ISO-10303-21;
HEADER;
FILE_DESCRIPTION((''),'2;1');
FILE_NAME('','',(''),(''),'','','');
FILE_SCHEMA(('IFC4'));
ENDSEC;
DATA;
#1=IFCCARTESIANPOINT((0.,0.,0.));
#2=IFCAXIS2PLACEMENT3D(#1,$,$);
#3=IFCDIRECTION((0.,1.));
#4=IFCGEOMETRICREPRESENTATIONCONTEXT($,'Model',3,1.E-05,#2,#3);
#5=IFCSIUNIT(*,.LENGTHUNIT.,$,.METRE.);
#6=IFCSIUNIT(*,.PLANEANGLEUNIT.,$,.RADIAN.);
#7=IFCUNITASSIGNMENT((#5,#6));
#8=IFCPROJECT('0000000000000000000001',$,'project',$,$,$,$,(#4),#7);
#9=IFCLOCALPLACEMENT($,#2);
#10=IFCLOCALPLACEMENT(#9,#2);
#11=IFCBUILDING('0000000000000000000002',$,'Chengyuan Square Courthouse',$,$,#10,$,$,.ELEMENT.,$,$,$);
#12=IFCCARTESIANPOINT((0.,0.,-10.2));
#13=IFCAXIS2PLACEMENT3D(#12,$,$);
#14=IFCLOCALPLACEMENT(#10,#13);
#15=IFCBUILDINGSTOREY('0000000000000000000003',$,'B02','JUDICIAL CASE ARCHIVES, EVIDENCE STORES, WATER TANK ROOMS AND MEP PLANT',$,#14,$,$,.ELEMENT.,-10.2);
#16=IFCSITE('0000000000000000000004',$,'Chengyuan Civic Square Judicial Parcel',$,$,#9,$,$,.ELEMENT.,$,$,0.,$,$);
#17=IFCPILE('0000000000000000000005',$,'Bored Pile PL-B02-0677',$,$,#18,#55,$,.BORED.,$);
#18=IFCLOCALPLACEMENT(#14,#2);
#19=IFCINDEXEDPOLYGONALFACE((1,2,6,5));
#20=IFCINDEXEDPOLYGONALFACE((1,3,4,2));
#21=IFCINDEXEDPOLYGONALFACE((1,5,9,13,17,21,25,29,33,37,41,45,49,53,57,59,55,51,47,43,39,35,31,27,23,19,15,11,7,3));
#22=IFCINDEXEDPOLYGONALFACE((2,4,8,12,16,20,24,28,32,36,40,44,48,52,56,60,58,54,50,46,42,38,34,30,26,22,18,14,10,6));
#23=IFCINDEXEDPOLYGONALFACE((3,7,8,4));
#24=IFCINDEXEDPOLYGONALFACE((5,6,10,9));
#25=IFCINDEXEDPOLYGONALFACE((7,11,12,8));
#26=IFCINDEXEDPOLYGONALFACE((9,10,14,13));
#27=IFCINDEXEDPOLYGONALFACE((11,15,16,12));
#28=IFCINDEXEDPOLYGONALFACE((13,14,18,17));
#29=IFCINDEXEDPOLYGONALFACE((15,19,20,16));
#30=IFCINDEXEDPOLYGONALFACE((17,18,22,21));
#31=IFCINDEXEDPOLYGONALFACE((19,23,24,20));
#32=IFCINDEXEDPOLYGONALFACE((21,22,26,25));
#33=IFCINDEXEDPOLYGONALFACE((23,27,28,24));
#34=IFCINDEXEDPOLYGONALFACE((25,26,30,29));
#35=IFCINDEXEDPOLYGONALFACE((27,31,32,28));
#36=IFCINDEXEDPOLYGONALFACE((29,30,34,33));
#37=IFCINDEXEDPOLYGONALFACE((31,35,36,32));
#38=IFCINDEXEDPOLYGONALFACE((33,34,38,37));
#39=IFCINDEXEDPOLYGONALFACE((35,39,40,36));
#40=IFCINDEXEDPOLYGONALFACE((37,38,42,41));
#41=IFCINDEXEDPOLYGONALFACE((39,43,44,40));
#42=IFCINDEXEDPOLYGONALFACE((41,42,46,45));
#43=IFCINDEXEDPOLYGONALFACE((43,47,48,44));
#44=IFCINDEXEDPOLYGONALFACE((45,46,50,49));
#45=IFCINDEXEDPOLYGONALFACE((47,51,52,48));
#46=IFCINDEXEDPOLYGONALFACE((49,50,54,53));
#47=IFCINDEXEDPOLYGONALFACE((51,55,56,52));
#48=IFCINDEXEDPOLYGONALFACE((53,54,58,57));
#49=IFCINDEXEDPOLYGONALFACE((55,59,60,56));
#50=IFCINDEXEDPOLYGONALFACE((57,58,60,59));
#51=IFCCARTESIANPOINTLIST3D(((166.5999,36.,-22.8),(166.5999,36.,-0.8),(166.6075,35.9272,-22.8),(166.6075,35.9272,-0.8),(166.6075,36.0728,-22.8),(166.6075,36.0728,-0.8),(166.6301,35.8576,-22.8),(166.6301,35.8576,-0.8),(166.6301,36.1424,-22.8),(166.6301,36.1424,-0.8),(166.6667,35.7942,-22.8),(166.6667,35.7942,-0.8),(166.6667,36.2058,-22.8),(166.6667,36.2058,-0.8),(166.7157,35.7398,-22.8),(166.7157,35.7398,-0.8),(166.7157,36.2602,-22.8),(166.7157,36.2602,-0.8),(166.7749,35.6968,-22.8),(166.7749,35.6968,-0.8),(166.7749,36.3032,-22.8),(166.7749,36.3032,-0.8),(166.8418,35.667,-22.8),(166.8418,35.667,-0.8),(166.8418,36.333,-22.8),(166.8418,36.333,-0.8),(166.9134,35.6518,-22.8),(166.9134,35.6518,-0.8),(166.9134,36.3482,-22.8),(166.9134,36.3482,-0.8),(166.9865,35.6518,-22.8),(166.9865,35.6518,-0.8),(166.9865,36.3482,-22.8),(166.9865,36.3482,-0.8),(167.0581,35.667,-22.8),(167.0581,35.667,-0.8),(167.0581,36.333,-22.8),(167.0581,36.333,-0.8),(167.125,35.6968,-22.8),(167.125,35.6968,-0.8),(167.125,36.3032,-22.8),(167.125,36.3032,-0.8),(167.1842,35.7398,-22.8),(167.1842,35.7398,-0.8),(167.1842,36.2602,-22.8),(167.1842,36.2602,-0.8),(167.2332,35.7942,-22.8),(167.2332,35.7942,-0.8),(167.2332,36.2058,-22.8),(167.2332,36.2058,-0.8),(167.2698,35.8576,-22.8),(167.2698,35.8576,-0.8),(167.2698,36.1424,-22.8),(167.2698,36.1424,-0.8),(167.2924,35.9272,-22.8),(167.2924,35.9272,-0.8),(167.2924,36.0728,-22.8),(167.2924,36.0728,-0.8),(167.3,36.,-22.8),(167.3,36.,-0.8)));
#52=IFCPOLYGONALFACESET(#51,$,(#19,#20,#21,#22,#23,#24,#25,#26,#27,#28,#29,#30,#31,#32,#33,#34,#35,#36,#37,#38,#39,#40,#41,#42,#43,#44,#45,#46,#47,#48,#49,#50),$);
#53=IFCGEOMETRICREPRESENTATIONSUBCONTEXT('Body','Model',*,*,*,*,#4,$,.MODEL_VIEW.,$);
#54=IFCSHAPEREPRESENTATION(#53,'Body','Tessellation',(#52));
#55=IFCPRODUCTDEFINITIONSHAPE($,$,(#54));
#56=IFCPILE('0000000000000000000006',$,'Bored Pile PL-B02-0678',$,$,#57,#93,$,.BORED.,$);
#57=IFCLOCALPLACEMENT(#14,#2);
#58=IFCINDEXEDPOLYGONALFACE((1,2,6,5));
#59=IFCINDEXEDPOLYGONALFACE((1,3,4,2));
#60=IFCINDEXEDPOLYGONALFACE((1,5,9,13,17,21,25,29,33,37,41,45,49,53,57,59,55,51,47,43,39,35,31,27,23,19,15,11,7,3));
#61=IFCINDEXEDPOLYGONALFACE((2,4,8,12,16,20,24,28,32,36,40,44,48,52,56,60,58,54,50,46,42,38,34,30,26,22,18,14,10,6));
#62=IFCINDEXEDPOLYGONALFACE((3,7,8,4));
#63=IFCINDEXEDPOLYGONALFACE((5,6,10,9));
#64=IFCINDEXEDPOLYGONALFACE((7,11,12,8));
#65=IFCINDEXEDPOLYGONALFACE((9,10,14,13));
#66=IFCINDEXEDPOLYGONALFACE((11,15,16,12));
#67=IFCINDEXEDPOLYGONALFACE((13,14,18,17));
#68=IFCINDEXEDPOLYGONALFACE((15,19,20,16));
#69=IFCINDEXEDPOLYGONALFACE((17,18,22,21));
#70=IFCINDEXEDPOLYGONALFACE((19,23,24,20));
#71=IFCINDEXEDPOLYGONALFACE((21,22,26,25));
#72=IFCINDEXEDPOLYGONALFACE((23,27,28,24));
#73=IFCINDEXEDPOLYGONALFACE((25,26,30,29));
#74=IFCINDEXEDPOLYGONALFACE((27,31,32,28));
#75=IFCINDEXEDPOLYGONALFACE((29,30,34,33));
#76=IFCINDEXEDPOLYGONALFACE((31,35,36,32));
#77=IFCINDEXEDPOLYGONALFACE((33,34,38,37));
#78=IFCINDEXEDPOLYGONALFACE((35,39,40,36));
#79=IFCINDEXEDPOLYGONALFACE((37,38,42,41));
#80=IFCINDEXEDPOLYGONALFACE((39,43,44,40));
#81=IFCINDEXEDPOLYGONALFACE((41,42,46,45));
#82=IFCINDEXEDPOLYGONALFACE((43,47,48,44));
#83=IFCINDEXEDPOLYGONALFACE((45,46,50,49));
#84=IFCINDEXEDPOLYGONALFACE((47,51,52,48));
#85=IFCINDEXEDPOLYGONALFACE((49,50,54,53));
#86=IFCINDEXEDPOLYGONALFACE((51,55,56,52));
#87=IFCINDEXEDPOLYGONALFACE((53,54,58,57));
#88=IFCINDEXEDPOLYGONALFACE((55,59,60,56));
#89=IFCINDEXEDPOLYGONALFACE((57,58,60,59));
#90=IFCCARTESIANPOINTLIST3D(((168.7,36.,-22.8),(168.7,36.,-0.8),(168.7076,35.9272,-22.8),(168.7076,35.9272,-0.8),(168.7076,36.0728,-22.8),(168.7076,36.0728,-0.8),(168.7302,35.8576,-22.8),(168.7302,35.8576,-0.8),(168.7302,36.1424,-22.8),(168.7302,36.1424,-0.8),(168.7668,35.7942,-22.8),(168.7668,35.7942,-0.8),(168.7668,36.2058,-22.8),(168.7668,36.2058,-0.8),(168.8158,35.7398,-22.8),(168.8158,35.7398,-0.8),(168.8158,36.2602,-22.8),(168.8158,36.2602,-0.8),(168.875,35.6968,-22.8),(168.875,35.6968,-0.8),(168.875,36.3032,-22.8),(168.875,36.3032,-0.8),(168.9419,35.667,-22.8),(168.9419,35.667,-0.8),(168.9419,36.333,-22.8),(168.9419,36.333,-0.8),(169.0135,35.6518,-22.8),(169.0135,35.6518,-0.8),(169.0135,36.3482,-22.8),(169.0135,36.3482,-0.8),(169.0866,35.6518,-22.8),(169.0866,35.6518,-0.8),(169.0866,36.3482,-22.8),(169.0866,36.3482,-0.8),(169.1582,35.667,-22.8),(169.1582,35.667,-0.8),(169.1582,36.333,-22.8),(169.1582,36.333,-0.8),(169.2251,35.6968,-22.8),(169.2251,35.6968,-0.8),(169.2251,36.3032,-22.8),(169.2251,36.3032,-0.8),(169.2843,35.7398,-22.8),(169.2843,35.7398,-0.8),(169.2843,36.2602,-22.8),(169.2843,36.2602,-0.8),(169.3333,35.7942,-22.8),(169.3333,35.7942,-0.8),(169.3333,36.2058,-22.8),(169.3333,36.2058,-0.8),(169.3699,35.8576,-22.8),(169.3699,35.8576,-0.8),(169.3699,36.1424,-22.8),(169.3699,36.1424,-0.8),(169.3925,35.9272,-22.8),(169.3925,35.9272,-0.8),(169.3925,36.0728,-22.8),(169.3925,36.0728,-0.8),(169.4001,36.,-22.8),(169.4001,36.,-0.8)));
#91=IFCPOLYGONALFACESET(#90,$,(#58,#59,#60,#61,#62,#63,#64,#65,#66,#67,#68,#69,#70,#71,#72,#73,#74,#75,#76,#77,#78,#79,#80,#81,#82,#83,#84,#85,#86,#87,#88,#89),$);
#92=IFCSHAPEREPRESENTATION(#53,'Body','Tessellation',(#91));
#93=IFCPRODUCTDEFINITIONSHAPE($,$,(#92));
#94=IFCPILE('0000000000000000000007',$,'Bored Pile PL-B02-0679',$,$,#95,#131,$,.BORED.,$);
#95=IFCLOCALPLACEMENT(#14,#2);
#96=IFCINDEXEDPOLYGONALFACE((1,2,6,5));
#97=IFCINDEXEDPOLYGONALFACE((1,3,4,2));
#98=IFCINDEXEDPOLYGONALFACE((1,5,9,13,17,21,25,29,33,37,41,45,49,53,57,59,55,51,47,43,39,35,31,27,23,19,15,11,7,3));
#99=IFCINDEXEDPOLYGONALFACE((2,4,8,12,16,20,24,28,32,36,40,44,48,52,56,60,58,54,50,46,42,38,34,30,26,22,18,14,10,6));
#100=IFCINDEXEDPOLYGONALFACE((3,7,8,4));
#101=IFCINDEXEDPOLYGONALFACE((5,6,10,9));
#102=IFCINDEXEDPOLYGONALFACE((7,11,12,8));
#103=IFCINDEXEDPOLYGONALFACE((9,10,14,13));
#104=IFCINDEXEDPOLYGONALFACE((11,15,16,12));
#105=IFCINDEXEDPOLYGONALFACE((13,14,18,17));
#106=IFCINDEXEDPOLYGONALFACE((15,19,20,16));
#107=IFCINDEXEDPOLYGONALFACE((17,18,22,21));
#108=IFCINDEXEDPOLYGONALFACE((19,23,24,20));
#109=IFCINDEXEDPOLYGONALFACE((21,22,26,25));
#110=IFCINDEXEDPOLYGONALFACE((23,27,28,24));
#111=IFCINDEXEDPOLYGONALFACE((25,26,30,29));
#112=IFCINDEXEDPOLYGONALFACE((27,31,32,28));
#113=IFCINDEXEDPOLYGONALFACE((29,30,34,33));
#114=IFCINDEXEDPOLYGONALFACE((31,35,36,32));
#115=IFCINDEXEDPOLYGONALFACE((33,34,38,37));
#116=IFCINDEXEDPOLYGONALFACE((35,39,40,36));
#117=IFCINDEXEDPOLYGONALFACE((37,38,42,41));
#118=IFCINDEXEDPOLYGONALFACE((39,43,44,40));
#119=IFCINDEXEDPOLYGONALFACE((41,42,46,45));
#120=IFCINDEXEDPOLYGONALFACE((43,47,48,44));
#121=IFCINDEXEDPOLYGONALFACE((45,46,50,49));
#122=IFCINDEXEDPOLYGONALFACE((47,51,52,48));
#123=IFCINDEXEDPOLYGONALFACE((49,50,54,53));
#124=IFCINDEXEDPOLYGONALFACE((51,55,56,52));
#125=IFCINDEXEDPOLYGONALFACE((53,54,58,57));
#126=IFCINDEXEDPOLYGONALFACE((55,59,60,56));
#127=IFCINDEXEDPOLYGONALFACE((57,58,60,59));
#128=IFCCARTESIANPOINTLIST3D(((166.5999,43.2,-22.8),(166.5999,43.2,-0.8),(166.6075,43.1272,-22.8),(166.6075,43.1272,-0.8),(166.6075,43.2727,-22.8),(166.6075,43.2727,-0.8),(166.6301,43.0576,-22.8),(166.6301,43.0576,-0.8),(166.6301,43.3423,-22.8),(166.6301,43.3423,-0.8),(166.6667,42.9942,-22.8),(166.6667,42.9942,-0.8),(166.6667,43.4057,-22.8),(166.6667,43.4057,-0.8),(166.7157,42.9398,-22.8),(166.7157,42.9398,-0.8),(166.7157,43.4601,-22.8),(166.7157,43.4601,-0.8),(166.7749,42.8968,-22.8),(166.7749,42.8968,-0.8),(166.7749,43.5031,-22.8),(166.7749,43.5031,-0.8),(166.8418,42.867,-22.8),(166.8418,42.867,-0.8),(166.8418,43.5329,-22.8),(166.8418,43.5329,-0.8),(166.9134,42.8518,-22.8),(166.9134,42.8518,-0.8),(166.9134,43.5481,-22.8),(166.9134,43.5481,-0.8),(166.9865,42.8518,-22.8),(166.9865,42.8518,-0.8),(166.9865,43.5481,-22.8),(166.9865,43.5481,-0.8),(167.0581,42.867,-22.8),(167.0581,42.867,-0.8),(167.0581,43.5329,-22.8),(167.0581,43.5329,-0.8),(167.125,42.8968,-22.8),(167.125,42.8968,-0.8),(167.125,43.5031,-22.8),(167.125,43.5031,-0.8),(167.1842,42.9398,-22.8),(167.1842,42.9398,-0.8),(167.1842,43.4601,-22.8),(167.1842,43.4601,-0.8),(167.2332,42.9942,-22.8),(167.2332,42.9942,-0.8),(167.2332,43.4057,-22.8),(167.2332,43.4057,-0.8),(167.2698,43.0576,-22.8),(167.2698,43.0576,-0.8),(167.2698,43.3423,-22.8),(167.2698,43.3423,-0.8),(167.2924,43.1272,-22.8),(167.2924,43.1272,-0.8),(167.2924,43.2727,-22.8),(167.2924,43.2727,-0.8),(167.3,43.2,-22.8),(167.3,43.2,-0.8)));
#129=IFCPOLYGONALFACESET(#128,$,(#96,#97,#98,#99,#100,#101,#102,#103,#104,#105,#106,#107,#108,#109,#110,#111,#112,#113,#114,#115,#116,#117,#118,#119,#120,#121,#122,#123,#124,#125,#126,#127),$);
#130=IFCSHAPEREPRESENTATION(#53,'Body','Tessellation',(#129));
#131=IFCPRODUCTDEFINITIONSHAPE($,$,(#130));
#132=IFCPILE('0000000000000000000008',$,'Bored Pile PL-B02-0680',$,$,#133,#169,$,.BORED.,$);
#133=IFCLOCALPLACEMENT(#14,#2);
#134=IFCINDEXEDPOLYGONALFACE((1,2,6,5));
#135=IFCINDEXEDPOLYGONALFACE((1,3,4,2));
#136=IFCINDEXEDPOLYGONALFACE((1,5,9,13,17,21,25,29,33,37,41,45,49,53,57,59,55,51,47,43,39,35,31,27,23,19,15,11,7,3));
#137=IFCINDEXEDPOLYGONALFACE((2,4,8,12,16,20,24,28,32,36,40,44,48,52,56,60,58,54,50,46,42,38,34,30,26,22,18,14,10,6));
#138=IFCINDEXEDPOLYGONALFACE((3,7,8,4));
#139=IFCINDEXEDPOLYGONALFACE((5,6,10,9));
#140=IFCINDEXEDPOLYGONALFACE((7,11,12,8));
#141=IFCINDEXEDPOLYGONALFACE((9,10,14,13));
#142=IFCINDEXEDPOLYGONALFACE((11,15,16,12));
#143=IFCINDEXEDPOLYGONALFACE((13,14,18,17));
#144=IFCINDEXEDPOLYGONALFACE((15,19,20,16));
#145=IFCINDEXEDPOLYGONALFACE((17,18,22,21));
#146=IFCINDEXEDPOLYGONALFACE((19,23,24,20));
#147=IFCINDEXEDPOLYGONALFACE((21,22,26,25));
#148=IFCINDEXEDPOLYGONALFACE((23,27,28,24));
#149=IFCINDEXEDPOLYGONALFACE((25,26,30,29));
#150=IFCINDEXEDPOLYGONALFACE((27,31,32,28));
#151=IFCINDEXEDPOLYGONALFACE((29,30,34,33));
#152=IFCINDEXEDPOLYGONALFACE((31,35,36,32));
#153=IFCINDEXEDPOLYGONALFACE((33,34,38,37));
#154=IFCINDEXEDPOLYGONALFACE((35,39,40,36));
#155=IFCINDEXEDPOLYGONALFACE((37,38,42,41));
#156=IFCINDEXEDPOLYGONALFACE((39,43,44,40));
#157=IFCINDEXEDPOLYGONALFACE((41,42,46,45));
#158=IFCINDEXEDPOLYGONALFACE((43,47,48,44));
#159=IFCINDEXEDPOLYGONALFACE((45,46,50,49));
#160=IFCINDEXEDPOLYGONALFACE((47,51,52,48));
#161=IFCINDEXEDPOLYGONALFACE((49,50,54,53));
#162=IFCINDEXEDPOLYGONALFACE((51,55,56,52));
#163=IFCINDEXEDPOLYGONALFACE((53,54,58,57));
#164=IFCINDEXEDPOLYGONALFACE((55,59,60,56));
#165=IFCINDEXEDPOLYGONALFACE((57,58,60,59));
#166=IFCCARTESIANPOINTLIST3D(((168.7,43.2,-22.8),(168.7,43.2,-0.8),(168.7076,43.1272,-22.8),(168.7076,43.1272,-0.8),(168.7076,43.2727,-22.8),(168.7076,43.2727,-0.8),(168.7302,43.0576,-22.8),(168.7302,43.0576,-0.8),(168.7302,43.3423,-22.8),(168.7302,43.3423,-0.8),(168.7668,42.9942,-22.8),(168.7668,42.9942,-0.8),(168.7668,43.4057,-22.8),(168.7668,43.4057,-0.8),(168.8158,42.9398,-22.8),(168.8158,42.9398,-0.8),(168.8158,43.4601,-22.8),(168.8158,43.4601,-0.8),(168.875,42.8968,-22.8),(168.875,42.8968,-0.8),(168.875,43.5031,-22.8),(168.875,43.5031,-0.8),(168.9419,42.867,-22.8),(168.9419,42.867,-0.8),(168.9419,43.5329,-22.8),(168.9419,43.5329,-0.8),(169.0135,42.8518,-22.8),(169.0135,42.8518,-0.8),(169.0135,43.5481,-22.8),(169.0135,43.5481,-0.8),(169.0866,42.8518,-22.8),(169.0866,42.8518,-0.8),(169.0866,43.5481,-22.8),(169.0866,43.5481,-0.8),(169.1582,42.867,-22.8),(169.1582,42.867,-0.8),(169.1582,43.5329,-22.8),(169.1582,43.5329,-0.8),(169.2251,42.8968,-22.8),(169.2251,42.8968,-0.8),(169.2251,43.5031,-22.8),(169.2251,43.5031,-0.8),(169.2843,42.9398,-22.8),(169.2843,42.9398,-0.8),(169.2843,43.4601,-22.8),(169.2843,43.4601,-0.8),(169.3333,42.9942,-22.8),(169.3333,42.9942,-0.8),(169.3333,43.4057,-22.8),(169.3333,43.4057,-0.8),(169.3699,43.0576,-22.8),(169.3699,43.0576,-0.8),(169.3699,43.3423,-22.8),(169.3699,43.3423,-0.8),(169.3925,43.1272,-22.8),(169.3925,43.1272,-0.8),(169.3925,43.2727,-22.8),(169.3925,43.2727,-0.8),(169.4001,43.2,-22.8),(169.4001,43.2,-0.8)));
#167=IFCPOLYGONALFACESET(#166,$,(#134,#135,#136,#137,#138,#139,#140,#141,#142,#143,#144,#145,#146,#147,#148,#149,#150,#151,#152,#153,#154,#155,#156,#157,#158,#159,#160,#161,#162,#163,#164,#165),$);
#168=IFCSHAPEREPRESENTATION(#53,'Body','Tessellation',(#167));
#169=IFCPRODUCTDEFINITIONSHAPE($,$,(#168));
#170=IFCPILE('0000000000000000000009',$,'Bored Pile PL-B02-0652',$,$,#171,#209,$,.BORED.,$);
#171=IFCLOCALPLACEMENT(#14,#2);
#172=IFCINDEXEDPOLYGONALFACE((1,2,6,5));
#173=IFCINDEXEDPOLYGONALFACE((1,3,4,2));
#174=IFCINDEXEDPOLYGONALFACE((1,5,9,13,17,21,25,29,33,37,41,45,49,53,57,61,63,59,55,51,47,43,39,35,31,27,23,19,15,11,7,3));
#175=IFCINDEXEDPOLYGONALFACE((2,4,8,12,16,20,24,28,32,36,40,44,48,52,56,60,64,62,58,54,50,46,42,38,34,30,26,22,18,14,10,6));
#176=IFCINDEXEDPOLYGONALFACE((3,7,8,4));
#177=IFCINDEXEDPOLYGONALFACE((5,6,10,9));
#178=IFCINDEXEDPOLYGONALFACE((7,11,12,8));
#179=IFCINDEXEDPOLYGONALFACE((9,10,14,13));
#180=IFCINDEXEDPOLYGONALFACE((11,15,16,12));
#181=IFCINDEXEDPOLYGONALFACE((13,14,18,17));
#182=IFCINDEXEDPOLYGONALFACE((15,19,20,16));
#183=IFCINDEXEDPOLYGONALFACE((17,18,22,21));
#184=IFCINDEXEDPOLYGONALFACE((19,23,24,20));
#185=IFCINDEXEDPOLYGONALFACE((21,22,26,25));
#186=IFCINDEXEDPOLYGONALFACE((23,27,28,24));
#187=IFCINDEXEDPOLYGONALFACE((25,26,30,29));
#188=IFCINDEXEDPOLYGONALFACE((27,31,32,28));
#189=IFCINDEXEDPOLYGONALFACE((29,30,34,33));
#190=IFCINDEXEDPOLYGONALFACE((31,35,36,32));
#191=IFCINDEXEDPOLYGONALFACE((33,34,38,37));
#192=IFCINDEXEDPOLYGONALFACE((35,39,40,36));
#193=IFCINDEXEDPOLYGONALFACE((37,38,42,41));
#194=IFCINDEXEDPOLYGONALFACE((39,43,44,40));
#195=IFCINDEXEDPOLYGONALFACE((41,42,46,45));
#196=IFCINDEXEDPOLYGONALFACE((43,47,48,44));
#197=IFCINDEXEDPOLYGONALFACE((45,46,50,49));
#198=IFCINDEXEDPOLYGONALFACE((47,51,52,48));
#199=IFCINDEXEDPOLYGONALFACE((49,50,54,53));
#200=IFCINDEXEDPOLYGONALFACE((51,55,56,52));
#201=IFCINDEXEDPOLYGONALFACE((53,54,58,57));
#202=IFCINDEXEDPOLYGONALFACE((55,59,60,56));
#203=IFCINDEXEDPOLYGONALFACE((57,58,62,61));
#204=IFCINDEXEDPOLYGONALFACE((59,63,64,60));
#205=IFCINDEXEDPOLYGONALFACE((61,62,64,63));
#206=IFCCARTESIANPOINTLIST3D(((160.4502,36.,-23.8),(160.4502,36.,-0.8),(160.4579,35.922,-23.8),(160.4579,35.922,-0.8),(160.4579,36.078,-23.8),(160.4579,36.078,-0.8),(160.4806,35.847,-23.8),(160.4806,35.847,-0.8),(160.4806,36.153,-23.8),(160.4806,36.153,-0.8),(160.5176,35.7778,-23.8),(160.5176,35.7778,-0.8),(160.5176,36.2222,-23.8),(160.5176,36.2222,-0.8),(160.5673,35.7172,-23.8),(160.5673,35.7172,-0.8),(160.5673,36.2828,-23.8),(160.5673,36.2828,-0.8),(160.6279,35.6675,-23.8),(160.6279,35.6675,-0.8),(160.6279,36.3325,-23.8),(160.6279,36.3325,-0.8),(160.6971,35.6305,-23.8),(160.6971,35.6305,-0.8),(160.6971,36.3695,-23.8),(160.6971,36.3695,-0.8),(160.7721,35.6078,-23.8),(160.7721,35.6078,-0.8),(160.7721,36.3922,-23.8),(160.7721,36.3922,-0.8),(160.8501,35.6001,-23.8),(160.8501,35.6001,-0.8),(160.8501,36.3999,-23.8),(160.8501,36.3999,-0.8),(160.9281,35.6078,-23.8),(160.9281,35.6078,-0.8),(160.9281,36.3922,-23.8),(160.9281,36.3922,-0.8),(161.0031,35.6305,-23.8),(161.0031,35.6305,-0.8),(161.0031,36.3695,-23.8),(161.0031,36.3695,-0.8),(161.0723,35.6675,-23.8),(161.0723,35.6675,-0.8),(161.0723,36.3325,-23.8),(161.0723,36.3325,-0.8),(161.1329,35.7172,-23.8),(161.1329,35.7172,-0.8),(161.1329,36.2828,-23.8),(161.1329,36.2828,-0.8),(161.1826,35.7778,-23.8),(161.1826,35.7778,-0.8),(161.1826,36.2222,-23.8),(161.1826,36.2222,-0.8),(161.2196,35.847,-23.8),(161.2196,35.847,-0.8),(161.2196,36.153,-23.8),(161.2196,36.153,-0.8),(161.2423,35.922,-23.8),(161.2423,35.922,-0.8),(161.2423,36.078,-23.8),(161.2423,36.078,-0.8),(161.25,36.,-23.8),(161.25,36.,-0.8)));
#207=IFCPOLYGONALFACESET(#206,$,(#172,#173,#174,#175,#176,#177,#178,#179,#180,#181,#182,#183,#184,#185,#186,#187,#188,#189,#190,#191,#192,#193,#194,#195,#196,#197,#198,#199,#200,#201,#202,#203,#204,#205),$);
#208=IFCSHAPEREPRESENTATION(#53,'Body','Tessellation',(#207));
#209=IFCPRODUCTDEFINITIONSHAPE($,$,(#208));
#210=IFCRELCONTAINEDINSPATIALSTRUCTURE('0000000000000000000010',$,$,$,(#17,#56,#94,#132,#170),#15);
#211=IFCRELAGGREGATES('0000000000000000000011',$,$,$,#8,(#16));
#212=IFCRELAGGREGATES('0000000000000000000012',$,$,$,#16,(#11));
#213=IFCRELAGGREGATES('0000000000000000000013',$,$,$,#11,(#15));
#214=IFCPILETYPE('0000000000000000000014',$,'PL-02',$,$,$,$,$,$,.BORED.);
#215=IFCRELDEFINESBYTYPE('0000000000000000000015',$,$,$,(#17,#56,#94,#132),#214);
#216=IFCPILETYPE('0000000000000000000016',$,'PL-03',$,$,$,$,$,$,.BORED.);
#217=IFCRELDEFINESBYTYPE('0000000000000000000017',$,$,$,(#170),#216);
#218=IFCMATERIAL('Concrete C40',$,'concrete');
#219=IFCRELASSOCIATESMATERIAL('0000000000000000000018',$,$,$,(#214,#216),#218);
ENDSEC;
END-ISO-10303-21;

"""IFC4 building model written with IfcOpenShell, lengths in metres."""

from ifc_helpers import new_model, si_unit, direction, frame, origin, origin_2d, place, context, subcontext, project, spatial, circle, extrude, material, material_profile, profile_set, type_object, element, save


model = new_model("IFC4")

# Units and contexts
model_context = context("Model", 3, precision=1e-05, world=origin(), true_north=direction((0.0, 1.0)))
body_context = subcontext(model_context, "Body", "Model", "MODEL_VIEW")
ifc_project = project(units=[si_unit("LENGTHUNIT", "METRE"), si_unit("PLANEANGLEUNIT", "RADIAN")], contexts=[model_context])

# Site, building, storey
site_placement = place(None, origin())
site = spatial("IfcSite", under=ifc_project, at=site_placement, Name="Chengyuan Civic Square Judicial Parcel", CompositionType="ELEMENT", RefElevation=0.0)
building_placement = place(site_placement, origin())
building = spatial("IfcBuilding", under=site, at=building_placement, Name="Chengyuan Square Courthouse", CompositionType="ELEMENT")
storey_placement = place(building_placement, frame((0.0, 0.0, -10.2)))
storey = spatial("IfcBuildingStorey", under=building, at=storey_placement, Name="B02", Description="JUDICIAL CASE ARCHIVES, EVIDENCE STORES, WATER TANK ROOMS AND MEP PLANT", CompositionType="ELEMENT", Elevation=-10.2)

# Shared definitions
ifc_material_1 = material(Name="Concrete C40", Category="concrete")

# Piles
ifc_material_profile_1 = material_profile(ifc_material_1, circle(Radius=0.3501, at=origin_2d()), Name="BORED PILE D700")
ifc_profile_set_1 = profile_set([ifc_material_profile_1], Name="Concrete C40")
pile_type_1 = type_object("IfcPileType", Name="PL-02", PredefinedType="BORED", material=ifc_profile_set_1)
for number, where, z_axis, x_axis, name in (
    (1, (166.95, 36.0, -0.8), (0.0, 0.0, -1.0), (1.0, 0.0, 0.0), "Bored Pile PL-B02-0677"),
    (2, (169.05, 36.0, -0.8), (0.0, 0.0, -1.0), (1.0, 0.0, 0.0), "Bored Pile PL-B02-0678"),
    (3, (166.95, 43.2, -0.8), (0.0, 0.0, -1.0), (1.0, 0.0, 0.0), "Bored Pile PL-B02-0679"),
    (4, (169.05, 43.2, -0.8), (0.0, 0.0, -1.0), (1.0, 0.0, 0.0), "Bored Pile PL-B02-0680"),
):
    element("IfcPile", number, at=place(storey_placement, frame(where, z_axis=z_axis, x_axis=x_axis)), inside=storey, type_object=pile_type_1, Name=name, PredefinedType="BORED", context=body_context, shape_type="SweptSolid", body=[
        extrude(circle(Radius=0.3501, at=origin_2d()), origin(), (0.0, 0.0, 1.0), 22.0),
    ])
ifc_material_profile_2 = material_profile(ifc_material_1, circle(Radius=0.3999, at=origin_2d()), Name="BORED PILE D800")
ifc_profile_set_2 = profile_set([ifc_material_profile_2], Name="Concrete C40")
pile_type_2 = type_object("IfcPileType", Name="PL-03", PredefinedType="BORED", material=ifc_profile_set_2)
pile_placement = place(storey_placement, frame((160.8501, 36.0, -0.8), z_axis=(0.0, 0.0, -1.0), x_axis=(1.0, 0.0, 0.0)))
element("IfcPile", 5, at=pile_placement, inside=storey, type_object=pile_type_2, Name="Bored Pile PL-B02-0652", PredefinedType="BORED", context=body_context, shape_type="SweptSolid", body=[
    extrude(circle(Radius=0.3999, at=origin_2d()), origin(), (0.0, 0.0, 1.0), 23.0),
])

save(model, "model.ifc")
